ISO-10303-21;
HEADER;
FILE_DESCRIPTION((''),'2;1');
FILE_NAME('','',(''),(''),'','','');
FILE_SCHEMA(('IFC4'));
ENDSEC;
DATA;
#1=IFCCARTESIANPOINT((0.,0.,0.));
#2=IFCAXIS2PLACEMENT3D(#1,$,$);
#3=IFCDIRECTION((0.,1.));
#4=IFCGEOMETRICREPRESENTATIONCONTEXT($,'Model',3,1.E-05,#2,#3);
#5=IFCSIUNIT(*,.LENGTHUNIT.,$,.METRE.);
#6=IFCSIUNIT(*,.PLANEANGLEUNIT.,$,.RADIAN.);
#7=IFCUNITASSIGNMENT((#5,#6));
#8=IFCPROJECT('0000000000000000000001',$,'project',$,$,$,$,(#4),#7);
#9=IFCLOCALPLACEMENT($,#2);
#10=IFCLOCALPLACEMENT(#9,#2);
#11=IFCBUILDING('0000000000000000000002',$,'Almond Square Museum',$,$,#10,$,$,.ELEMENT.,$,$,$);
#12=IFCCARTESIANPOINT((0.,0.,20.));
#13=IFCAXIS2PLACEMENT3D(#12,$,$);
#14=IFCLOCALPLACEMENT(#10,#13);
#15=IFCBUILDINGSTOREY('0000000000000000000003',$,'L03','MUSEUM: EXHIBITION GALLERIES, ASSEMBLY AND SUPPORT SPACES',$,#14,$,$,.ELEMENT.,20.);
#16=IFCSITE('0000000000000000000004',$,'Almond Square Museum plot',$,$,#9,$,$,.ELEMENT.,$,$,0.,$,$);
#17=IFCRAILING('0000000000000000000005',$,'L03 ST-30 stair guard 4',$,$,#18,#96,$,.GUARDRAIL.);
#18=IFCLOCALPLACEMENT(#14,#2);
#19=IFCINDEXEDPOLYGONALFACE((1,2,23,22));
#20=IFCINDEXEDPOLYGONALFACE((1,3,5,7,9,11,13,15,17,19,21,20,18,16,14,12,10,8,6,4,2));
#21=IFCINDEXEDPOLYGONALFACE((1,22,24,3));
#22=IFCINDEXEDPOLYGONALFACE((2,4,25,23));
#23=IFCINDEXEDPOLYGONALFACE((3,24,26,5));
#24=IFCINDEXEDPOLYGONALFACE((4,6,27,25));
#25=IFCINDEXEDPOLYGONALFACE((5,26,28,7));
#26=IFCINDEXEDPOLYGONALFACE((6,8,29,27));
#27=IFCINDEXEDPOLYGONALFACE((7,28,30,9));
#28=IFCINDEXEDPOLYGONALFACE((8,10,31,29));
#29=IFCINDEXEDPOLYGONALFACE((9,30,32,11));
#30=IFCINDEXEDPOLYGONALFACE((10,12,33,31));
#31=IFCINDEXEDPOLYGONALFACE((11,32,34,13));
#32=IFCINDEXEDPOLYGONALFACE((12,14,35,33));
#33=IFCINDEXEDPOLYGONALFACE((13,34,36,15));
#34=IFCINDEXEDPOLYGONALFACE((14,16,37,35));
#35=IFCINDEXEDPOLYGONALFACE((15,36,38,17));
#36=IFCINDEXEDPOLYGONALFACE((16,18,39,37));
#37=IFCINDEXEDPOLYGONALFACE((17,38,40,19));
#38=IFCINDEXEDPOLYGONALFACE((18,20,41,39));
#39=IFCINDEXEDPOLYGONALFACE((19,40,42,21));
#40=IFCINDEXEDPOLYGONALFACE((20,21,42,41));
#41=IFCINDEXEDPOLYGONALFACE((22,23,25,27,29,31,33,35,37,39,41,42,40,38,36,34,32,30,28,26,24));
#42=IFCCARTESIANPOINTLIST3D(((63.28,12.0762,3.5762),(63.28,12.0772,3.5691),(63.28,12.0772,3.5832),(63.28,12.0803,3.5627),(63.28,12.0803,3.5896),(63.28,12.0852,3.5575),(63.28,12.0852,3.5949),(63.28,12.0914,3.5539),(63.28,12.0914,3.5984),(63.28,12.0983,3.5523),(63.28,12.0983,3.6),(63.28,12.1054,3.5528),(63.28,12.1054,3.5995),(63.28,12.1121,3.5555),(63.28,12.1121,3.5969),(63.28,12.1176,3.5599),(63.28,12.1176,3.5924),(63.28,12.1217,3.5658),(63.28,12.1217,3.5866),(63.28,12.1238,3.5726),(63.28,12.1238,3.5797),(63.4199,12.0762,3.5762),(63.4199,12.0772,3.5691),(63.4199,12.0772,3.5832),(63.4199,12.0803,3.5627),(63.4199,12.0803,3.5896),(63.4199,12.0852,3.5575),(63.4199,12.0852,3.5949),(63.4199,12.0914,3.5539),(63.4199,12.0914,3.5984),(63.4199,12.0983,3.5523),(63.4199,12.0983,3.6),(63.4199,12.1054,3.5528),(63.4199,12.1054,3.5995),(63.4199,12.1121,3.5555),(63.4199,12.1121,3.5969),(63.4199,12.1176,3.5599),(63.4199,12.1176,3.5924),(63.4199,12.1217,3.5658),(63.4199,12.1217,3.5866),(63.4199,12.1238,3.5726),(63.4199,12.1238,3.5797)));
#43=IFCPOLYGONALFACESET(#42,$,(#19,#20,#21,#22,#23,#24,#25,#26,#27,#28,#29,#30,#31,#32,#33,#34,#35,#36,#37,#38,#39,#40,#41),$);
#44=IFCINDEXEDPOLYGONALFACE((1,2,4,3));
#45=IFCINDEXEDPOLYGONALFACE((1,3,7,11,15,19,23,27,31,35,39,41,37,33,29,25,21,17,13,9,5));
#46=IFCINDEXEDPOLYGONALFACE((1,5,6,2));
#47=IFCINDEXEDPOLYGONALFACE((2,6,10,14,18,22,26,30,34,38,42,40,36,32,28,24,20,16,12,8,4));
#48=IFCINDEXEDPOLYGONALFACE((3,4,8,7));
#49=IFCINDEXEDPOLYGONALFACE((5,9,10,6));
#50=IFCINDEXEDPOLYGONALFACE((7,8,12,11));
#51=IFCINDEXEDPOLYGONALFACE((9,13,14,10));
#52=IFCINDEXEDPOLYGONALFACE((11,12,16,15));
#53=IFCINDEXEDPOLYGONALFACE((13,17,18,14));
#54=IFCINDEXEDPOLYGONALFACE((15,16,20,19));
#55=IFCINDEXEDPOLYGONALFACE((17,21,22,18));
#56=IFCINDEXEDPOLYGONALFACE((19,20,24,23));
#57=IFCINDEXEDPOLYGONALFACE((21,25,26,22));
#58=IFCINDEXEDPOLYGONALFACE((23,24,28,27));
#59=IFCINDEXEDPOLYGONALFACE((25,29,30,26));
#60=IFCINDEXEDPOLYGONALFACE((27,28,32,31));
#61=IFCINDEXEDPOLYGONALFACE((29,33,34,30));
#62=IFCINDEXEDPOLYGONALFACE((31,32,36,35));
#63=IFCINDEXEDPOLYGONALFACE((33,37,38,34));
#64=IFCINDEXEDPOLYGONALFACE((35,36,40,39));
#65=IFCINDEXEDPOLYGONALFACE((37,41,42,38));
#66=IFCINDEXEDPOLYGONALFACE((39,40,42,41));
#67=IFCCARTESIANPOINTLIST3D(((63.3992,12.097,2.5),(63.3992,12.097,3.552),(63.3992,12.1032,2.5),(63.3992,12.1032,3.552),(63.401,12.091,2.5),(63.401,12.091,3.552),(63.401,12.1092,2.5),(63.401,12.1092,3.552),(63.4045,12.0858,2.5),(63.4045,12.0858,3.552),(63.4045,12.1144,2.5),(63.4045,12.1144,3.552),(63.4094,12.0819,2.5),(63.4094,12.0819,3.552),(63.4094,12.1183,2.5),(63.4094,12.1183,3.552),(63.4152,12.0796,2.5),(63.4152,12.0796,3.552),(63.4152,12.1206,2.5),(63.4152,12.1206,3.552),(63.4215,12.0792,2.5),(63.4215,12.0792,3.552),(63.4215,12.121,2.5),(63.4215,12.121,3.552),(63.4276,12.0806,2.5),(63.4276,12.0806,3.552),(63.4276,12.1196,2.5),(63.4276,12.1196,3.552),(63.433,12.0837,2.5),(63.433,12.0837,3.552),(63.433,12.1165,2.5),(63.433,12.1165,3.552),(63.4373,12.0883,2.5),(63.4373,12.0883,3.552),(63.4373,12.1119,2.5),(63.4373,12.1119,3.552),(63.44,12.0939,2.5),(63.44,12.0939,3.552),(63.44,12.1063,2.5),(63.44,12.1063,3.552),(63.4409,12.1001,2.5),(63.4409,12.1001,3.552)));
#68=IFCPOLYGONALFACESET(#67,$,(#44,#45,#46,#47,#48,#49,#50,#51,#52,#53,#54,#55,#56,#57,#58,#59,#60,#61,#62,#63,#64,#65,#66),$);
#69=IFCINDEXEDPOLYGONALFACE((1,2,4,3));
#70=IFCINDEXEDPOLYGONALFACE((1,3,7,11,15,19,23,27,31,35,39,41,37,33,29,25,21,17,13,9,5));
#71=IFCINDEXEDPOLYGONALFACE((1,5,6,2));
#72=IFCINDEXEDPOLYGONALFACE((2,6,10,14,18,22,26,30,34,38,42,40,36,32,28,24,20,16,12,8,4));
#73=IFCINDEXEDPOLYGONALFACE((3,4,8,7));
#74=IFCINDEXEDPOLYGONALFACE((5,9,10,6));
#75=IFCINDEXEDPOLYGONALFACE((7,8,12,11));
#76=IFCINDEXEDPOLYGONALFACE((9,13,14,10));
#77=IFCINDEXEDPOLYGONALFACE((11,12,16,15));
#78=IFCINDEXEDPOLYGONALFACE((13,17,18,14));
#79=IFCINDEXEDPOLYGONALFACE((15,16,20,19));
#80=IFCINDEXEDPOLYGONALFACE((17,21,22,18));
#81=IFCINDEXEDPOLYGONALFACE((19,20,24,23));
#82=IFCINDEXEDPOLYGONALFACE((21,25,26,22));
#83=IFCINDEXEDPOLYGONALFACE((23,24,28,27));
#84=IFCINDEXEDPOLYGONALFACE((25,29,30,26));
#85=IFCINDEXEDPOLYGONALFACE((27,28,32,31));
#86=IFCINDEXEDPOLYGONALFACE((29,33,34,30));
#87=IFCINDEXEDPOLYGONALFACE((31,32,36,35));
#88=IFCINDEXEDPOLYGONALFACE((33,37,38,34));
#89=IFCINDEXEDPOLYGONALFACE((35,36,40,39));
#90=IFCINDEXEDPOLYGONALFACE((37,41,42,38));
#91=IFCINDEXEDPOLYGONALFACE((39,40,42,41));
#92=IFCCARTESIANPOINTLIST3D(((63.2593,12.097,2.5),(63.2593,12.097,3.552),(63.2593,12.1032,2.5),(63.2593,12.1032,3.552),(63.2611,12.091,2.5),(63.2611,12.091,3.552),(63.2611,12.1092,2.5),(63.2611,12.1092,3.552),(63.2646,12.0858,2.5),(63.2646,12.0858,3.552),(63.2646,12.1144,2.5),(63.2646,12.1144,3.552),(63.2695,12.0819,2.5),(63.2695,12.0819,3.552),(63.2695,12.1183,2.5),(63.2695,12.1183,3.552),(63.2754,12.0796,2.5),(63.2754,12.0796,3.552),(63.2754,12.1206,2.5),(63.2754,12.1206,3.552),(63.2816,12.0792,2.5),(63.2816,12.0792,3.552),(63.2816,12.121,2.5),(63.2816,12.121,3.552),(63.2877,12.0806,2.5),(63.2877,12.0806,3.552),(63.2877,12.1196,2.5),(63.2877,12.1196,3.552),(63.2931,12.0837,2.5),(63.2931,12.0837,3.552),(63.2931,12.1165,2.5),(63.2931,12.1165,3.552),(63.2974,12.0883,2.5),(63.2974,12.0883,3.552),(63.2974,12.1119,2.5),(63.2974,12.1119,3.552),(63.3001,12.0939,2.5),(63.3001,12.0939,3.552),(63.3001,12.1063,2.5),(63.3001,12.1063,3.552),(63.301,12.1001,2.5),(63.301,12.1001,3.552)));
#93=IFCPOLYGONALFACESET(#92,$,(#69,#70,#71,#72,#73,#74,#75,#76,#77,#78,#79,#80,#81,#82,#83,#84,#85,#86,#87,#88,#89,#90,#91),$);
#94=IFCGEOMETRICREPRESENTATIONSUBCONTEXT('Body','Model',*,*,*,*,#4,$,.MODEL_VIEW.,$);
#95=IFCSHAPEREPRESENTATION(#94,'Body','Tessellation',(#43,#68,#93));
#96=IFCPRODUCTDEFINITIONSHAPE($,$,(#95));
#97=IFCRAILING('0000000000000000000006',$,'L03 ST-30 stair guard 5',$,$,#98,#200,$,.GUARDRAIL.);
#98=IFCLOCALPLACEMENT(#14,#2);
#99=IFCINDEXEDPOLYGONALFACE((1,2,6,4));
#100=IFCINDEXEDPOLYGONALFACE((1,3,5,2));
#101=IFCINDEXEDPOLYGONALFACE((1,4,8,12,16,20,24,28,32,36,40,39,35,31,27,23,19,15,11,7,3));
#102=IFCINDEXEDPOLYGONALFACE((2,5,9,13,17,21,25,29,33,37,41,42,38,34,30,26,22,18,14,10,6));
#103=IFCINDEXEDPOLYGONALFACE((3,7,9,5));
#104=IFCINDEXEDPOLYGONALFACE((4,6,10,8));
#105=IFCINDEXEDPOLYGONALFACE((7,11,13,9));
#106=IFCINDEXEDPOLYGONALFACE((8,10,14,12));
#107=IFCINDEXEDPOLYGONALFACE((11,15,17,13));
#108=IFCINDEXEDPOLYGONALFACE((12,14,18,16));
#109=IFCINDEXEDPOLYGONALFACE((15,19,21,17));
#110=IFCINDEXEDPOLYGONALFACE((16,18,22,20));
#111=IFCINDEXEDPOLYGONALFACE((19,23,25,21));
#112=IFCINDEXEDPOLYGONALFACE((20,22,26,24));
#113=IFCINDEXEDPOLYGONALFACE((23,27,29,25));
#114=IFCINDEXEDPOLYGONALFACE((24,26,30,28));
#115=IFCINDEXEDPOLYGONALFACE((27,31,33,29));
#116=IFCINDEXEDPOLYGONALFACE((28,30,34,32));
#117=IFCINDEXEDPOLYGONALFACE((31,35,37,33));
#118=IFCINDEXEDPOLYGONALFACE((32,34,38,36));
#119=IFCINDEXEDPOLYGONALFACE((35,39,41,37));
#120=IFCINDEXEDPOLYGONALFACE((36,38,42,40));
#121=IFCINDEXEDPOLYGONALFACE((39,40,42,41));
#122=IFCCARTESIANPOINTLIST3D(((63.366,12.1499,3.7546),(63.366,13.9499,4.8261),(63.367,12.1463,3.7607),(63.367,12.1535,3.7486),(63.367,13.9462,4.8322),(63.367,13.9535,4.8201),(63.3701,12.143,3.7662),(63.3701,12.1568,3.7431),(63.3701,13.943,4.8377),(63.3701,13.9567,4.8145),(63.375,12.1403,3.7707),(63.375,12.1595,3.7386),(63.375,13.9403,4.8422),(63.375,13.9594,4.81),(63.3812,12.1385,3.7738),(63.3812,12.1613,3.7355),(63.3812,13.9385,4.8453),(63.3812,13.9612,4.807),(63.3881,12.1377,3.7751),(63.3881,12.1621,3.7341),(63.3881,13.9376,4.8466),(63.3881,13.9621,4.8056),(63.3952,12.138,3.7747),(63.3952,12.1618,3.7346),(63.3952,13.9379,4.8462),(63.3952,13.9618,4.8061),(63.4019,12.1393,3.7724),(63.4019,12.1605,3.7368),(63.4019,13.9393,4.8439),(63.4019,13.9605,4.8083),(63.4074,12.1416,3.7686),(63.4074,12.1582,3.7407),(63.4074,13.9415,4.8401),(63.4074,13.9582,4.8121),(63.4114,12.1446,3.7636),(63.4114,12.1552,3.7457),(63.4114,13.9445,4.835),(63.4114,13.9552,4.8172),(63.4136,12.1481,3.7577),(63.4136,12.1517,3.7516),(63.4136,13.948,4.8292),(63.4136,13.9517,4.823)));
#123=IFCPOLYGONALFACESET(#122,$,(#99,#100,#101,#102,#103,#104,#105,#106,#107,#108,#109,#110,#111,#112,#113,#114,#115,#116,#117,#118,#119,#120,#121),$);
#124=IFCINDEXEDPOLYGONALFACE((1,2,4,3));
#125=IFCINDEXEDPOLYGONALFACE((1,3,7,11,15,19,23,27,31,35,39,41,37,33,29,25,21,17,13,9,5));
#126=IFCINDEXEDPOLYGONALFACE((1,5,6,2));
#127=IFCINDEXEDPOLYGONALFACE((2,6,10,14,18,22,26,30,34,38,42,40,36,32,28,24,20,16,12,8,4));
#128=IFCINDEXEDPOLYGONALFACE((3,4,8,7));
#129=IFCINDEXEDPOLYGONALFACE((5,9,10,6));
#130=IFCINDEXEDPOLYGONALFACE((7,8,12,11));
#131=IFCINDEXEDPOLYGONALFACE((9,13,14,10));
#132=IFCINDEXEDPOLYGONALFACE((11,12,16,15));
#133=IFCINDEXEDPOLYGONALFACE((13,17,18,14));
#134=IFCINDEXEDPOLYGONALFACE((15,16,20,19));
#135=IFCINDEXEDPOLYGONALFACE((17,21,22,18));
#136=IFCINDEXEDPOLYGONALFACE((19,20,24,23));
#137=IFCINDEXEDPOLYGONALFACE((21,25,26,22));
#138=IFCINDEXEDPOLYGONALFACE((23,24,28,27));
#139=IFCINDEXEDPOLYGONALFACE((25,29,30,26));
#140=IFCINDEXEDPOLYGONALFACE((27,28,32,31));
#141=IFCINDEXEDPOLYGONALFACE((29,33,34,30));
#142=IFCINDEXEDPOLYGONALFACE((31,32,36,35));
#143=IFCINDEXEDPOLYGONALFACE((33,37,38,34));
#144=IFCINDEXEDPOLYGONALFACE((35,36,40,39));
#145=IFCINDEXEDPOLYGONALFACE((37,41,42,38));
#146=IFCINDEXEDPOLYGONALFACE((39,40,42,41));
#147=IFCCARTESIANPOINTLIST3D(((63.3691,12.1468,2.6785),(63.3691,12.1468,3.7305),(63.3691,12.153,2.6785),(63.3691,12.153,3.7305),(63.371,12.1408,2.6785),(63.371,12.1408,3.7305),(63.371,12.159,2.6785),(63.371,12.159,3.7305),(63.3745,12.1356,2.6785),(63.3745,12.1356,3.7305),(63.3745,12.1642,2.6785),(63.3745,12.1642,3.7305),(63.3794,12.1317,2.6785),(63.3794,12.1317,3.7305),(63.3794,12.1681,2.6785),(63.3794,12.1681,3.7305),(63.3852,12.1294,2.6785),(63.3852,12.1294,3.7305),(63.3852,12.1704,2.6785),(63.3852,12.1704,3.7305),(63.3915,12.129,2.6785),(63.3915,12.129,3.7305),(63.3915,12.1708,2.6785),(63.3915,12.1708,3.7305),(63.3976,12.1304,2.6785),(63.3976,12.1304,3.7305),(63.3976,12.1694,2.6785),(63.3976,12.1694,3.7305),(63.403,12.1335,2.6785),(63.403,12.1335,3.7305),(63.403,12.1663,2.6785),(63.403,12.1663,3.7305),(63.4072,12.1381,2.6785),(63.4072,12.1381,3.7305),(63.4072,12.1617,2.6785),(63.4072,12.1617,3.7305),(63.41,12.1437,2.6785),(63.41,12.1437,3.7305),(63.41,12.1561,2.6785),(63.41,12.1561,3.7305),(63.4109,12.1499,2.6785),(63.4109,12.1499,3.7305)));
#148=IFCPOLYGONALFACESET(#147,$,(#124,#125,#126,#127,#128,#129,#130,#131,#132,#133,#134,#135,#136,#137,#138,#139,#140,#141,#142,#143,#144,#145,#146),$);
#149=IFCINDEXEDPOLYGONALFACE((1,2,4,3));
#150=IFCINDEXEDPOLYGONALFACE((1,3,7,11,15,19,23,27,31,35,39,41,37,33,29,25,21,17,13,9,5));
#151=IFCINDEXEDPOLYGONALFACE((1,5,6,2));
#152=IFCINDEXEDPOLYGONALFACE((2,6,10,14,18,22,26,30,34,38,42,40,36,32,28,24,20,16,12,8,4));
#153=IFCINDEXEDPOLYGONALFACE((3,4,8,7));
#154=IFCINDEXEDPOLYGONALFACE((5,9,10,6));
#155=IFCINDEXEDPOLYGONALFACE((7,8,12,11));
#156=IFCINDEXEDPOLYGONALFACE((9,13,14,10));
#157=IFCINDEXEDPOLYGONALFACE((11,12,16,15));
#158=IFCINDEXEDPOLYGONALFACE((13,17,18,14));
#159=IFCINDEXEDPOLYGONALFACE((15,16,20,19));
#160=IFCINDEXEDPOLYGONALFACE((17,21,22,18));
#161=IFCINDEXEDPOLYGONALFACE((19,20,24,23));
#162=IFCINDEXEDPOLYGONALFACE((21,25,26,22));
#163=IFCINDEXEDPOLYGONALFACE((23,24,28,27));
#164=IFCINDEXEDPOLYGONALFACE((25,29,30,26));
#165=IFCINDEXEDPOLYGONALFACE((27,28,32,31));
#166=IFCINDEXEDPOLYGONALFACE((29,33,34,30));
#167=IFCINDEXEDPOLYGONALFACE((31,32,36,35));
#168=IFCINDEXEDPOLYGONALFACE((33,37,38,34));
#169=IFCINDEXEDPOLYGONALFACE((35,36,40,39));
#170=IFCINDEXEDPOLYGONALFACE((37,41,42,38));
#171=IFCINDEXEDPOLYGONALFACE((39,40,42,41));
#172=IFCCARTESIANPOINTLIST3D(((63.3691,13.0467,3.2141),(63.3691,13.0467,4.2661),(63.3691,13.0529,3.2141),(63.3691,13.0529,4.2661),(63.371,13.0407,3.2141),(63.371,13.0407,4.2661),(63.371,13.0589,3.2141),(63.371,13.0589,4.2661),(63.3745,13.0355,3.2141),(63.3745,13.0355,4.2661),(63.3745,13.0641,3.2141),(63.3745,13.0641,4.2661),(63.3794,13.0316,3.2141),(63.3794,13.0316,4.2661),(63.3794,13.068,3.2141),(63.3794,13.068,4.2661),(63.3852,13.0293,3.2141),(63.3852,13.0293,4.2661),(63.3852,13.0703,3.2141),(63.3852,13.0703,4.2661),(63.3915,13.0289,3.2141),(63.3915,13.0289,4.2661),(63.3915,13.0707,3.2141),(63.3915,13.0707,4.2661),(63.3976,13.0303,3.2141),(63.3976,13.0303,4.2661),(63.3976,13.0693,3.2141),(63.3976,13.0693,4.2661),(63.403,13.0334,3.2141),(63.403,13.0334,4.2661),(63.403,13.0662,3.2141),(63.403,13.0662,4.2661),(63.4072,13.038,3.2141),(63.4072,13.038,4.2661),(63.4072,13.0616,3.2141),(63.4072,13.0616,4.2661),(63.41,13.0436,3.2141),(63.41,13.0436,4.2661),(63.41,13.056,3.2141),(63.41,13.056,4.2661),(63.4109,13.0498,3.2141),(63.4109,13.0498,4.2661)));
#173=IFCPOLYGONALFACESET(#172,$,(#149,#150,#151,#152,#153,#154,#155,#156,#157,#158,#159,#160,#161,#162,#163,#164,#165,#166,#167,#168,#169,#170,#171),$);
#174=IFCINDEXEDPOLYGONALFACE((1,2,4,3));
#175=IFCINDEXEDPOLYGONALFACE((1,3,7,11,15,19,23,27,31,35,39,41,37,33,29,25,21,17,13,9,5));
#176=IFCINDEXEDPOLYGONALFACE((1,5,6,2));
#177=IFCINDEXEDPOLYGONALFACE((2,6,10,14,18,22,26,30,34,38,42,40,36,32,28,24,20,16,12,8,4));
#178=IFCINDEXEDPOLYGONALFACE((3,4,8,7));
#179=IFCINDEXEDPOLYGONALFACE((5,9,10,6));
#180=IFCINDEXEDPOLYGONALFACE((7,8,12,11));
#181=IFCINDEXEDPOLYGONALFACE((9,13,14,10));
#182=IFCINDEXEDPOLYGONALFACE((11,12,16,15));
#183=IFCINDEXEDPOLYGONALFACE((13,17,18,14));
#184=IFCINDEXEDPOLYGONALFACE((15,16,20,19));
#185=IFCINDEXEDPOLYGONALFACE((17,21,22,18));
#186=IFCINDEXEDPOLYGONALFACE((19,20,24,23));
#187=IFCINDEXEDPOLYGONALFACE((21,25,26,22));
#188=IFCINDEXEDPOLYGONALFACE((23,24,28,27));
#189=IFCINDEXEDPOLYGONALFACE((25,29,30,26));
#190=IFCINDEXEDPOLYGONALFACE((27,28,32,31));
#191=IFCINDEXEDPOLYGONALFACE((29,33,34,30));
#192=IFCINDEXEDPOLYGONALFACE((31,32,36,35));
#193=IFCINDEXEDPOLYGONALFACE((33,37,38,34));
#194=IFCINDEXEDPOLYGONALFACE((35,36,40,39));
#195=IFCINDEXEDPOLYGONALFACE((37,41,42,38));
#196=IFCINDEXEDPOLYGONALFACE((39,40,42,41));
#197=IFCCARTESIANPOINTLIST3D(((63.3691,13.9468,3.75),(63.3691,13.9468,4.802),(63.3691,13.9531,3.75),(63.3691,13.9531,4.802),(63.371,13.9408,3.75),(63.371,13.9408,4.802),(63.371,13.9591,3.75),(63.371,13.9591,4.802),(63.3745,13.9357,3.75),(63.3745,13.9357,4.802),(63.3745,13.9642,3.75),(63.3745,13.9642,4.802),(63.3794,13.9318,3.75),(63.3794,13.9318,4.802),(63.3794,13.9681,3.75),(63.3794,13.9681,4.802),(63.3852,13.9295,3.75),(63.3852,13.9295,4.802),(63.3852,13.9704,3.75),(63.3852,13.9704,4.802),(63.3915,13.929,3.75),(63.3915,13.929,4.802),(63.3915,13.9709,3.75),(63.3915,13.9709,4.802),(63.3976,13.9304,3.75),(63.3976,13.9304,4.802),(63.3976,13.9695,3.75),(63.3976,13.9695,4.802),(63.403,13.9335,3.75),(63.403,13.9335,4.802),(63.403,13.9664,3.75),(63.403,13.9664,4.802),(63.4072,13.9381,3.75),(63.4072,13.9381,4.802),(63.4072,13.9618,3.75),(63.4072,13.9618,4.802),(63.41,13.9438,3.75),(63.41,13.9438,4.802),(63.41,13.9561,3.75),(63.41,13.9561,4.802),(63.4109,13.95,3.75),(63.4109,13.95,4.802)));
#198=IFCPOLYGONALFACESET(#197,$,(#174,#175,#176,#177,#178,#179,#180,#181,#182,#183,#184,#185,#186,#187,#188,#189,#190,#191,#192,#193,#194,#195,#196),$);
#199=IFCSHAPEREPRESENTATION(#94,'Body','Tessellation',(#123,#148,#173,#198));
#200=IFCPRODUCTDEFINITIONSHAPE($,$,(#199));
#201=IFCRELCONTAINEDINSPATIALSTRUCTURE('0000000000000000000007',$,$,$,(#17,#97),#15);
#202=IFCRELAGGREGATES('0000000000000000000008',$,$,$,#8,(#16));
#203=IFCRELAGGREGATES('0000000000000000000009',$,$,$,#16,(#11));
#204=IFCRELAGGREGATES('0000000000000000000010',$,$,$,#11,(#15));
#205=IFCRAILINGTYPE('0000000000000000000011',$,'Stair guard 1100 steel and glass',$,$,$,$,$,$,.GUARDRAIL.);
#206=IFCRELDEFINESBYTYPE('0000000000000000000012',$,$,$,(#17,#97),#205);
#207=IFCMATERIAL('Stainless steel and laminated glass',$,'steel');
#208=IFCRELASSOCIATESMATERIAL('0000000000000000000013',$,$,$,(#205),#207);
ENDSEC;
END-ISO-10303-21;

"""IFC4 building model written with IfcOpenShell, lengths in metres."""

from ifc_helpers import new_model, si_unit, direction, frame, origin, origin_2d, place, context, subcontext, project, spatial, circle, extrude, material, type_object, element, save


model = new_model("IFC4")

# Units and contexts
model_context = context("Model", 3, precision=1e-05, world=origin(), true_north=direction((0.0, 1.0)))
body_context = subcontext(model_context, "Body", "Model", "MODEL_VIEW")
ifc_project = project(units=[si_unit("LENGTHUNIT", "METRE"), si_unit("PLANEANGLEUNIT", "RADIAN")], contexts=[model_context])

# Site, building, storey
site_placement = place(None, origin())
site = spatial("IfcSite", under=ifc_project, at=site_placement, Name="Almond Square Museum plot", CompositionType="ELEMENT", RefElevation=0.0)
building_placement = place(site_placement, origin())
building = spatial("IfcBuilding", under=site, at=building_placement, Name="Almond Square Museum", CompositionType="ELEMENT")
storey_placement = place(building_placement, frame((0.0, 0.0, 20.0)))
storey = spatial("IfcBuildingStorey", under=building, at=storey_placement, Name="L03", Description="MUSEUM: EXHIBITION GALLERIES, ASSEMBLY AND SUPPORT SPACES", CompositionType="ELEMENT", Elevation=20.0)

# Railings
ifc_material_1 = material(Name="Stainless steel and laminated glass", Category="steel")
railing_type_1 = type_object("IfcRailingType", Name="Stair guard 1100 steel and glass", PredefinedType="GUARDRAIL", material=ifc_material_1)
for number, where, name in (
    (1, (63.4199, 12.1001, 2.5), "L03 ST-30 stair guard 4"),
):
    element("IfcRailing", number, at=place(storey_placement, frame(where)), inside=storey, type_object=railing_type_1, Name=name, PredefinedType="GUARDRAIL", context=body_context, shape_type="SweptSolid", body=[
        extrude(circle(Radius=0.0239, at=origin_2d()), frame((0.0, 0.0, 1.0762), z_axis=(-1.0, 0.0, 0.0), x_axis=(0.0, -1.0, 0.0)), (0.0, 0.0, 1.0), 0.1399),
        extrude(circle(Radius=0.021, at=origin_2d()), origin(), (0.0, 0.0, 1.0), 1.052),
        extrude(circle(Radius=0.021, at=origin_2d()), frame((-0.1399, 0.0, 0.0)), (0.0, 0.0, 1.0), 1.052),
    ])
railing_1_placement = place(storey_placement, frame((63.3899, 12.1499, 2.6785)))
element("IfcRailing", 2, at=railing_1_placement, inside=storey, type_object=railing_type_1, Name="L03 ST-30 stair guard 5", PredefinedType="GUARDRAIL", context=body_context, shape_type="SweptSolid", body=[
    extrude(circle(Radius=0.0239, at=origin_2d()), frame((0.0, 0.0, 1.0762), z_axis=(0.0, 0.859277, 0.51151), x_axis=(-1.0, 0.0, 0.0)), (0.0, 0.0, 1.0), 2.0947),
    extrude(circle(Radius=0.021, at=origin_2d()), origin(), (0.0, 0.0, 1.0), 1.052),
    extrude(circle(Radius=0.021, at=origin_2d()), frame((0.0, 0.8999, 0.5356)), (0.0, 0.0, 1.0), 1.052),
    extrude(circle(Radius=0.021, at=origin_2d()), frame((0.0, 1.8, 1.0715)), (0.0, 0.0, 1.0), 1.052),
])

save(model, "model.ifc")
